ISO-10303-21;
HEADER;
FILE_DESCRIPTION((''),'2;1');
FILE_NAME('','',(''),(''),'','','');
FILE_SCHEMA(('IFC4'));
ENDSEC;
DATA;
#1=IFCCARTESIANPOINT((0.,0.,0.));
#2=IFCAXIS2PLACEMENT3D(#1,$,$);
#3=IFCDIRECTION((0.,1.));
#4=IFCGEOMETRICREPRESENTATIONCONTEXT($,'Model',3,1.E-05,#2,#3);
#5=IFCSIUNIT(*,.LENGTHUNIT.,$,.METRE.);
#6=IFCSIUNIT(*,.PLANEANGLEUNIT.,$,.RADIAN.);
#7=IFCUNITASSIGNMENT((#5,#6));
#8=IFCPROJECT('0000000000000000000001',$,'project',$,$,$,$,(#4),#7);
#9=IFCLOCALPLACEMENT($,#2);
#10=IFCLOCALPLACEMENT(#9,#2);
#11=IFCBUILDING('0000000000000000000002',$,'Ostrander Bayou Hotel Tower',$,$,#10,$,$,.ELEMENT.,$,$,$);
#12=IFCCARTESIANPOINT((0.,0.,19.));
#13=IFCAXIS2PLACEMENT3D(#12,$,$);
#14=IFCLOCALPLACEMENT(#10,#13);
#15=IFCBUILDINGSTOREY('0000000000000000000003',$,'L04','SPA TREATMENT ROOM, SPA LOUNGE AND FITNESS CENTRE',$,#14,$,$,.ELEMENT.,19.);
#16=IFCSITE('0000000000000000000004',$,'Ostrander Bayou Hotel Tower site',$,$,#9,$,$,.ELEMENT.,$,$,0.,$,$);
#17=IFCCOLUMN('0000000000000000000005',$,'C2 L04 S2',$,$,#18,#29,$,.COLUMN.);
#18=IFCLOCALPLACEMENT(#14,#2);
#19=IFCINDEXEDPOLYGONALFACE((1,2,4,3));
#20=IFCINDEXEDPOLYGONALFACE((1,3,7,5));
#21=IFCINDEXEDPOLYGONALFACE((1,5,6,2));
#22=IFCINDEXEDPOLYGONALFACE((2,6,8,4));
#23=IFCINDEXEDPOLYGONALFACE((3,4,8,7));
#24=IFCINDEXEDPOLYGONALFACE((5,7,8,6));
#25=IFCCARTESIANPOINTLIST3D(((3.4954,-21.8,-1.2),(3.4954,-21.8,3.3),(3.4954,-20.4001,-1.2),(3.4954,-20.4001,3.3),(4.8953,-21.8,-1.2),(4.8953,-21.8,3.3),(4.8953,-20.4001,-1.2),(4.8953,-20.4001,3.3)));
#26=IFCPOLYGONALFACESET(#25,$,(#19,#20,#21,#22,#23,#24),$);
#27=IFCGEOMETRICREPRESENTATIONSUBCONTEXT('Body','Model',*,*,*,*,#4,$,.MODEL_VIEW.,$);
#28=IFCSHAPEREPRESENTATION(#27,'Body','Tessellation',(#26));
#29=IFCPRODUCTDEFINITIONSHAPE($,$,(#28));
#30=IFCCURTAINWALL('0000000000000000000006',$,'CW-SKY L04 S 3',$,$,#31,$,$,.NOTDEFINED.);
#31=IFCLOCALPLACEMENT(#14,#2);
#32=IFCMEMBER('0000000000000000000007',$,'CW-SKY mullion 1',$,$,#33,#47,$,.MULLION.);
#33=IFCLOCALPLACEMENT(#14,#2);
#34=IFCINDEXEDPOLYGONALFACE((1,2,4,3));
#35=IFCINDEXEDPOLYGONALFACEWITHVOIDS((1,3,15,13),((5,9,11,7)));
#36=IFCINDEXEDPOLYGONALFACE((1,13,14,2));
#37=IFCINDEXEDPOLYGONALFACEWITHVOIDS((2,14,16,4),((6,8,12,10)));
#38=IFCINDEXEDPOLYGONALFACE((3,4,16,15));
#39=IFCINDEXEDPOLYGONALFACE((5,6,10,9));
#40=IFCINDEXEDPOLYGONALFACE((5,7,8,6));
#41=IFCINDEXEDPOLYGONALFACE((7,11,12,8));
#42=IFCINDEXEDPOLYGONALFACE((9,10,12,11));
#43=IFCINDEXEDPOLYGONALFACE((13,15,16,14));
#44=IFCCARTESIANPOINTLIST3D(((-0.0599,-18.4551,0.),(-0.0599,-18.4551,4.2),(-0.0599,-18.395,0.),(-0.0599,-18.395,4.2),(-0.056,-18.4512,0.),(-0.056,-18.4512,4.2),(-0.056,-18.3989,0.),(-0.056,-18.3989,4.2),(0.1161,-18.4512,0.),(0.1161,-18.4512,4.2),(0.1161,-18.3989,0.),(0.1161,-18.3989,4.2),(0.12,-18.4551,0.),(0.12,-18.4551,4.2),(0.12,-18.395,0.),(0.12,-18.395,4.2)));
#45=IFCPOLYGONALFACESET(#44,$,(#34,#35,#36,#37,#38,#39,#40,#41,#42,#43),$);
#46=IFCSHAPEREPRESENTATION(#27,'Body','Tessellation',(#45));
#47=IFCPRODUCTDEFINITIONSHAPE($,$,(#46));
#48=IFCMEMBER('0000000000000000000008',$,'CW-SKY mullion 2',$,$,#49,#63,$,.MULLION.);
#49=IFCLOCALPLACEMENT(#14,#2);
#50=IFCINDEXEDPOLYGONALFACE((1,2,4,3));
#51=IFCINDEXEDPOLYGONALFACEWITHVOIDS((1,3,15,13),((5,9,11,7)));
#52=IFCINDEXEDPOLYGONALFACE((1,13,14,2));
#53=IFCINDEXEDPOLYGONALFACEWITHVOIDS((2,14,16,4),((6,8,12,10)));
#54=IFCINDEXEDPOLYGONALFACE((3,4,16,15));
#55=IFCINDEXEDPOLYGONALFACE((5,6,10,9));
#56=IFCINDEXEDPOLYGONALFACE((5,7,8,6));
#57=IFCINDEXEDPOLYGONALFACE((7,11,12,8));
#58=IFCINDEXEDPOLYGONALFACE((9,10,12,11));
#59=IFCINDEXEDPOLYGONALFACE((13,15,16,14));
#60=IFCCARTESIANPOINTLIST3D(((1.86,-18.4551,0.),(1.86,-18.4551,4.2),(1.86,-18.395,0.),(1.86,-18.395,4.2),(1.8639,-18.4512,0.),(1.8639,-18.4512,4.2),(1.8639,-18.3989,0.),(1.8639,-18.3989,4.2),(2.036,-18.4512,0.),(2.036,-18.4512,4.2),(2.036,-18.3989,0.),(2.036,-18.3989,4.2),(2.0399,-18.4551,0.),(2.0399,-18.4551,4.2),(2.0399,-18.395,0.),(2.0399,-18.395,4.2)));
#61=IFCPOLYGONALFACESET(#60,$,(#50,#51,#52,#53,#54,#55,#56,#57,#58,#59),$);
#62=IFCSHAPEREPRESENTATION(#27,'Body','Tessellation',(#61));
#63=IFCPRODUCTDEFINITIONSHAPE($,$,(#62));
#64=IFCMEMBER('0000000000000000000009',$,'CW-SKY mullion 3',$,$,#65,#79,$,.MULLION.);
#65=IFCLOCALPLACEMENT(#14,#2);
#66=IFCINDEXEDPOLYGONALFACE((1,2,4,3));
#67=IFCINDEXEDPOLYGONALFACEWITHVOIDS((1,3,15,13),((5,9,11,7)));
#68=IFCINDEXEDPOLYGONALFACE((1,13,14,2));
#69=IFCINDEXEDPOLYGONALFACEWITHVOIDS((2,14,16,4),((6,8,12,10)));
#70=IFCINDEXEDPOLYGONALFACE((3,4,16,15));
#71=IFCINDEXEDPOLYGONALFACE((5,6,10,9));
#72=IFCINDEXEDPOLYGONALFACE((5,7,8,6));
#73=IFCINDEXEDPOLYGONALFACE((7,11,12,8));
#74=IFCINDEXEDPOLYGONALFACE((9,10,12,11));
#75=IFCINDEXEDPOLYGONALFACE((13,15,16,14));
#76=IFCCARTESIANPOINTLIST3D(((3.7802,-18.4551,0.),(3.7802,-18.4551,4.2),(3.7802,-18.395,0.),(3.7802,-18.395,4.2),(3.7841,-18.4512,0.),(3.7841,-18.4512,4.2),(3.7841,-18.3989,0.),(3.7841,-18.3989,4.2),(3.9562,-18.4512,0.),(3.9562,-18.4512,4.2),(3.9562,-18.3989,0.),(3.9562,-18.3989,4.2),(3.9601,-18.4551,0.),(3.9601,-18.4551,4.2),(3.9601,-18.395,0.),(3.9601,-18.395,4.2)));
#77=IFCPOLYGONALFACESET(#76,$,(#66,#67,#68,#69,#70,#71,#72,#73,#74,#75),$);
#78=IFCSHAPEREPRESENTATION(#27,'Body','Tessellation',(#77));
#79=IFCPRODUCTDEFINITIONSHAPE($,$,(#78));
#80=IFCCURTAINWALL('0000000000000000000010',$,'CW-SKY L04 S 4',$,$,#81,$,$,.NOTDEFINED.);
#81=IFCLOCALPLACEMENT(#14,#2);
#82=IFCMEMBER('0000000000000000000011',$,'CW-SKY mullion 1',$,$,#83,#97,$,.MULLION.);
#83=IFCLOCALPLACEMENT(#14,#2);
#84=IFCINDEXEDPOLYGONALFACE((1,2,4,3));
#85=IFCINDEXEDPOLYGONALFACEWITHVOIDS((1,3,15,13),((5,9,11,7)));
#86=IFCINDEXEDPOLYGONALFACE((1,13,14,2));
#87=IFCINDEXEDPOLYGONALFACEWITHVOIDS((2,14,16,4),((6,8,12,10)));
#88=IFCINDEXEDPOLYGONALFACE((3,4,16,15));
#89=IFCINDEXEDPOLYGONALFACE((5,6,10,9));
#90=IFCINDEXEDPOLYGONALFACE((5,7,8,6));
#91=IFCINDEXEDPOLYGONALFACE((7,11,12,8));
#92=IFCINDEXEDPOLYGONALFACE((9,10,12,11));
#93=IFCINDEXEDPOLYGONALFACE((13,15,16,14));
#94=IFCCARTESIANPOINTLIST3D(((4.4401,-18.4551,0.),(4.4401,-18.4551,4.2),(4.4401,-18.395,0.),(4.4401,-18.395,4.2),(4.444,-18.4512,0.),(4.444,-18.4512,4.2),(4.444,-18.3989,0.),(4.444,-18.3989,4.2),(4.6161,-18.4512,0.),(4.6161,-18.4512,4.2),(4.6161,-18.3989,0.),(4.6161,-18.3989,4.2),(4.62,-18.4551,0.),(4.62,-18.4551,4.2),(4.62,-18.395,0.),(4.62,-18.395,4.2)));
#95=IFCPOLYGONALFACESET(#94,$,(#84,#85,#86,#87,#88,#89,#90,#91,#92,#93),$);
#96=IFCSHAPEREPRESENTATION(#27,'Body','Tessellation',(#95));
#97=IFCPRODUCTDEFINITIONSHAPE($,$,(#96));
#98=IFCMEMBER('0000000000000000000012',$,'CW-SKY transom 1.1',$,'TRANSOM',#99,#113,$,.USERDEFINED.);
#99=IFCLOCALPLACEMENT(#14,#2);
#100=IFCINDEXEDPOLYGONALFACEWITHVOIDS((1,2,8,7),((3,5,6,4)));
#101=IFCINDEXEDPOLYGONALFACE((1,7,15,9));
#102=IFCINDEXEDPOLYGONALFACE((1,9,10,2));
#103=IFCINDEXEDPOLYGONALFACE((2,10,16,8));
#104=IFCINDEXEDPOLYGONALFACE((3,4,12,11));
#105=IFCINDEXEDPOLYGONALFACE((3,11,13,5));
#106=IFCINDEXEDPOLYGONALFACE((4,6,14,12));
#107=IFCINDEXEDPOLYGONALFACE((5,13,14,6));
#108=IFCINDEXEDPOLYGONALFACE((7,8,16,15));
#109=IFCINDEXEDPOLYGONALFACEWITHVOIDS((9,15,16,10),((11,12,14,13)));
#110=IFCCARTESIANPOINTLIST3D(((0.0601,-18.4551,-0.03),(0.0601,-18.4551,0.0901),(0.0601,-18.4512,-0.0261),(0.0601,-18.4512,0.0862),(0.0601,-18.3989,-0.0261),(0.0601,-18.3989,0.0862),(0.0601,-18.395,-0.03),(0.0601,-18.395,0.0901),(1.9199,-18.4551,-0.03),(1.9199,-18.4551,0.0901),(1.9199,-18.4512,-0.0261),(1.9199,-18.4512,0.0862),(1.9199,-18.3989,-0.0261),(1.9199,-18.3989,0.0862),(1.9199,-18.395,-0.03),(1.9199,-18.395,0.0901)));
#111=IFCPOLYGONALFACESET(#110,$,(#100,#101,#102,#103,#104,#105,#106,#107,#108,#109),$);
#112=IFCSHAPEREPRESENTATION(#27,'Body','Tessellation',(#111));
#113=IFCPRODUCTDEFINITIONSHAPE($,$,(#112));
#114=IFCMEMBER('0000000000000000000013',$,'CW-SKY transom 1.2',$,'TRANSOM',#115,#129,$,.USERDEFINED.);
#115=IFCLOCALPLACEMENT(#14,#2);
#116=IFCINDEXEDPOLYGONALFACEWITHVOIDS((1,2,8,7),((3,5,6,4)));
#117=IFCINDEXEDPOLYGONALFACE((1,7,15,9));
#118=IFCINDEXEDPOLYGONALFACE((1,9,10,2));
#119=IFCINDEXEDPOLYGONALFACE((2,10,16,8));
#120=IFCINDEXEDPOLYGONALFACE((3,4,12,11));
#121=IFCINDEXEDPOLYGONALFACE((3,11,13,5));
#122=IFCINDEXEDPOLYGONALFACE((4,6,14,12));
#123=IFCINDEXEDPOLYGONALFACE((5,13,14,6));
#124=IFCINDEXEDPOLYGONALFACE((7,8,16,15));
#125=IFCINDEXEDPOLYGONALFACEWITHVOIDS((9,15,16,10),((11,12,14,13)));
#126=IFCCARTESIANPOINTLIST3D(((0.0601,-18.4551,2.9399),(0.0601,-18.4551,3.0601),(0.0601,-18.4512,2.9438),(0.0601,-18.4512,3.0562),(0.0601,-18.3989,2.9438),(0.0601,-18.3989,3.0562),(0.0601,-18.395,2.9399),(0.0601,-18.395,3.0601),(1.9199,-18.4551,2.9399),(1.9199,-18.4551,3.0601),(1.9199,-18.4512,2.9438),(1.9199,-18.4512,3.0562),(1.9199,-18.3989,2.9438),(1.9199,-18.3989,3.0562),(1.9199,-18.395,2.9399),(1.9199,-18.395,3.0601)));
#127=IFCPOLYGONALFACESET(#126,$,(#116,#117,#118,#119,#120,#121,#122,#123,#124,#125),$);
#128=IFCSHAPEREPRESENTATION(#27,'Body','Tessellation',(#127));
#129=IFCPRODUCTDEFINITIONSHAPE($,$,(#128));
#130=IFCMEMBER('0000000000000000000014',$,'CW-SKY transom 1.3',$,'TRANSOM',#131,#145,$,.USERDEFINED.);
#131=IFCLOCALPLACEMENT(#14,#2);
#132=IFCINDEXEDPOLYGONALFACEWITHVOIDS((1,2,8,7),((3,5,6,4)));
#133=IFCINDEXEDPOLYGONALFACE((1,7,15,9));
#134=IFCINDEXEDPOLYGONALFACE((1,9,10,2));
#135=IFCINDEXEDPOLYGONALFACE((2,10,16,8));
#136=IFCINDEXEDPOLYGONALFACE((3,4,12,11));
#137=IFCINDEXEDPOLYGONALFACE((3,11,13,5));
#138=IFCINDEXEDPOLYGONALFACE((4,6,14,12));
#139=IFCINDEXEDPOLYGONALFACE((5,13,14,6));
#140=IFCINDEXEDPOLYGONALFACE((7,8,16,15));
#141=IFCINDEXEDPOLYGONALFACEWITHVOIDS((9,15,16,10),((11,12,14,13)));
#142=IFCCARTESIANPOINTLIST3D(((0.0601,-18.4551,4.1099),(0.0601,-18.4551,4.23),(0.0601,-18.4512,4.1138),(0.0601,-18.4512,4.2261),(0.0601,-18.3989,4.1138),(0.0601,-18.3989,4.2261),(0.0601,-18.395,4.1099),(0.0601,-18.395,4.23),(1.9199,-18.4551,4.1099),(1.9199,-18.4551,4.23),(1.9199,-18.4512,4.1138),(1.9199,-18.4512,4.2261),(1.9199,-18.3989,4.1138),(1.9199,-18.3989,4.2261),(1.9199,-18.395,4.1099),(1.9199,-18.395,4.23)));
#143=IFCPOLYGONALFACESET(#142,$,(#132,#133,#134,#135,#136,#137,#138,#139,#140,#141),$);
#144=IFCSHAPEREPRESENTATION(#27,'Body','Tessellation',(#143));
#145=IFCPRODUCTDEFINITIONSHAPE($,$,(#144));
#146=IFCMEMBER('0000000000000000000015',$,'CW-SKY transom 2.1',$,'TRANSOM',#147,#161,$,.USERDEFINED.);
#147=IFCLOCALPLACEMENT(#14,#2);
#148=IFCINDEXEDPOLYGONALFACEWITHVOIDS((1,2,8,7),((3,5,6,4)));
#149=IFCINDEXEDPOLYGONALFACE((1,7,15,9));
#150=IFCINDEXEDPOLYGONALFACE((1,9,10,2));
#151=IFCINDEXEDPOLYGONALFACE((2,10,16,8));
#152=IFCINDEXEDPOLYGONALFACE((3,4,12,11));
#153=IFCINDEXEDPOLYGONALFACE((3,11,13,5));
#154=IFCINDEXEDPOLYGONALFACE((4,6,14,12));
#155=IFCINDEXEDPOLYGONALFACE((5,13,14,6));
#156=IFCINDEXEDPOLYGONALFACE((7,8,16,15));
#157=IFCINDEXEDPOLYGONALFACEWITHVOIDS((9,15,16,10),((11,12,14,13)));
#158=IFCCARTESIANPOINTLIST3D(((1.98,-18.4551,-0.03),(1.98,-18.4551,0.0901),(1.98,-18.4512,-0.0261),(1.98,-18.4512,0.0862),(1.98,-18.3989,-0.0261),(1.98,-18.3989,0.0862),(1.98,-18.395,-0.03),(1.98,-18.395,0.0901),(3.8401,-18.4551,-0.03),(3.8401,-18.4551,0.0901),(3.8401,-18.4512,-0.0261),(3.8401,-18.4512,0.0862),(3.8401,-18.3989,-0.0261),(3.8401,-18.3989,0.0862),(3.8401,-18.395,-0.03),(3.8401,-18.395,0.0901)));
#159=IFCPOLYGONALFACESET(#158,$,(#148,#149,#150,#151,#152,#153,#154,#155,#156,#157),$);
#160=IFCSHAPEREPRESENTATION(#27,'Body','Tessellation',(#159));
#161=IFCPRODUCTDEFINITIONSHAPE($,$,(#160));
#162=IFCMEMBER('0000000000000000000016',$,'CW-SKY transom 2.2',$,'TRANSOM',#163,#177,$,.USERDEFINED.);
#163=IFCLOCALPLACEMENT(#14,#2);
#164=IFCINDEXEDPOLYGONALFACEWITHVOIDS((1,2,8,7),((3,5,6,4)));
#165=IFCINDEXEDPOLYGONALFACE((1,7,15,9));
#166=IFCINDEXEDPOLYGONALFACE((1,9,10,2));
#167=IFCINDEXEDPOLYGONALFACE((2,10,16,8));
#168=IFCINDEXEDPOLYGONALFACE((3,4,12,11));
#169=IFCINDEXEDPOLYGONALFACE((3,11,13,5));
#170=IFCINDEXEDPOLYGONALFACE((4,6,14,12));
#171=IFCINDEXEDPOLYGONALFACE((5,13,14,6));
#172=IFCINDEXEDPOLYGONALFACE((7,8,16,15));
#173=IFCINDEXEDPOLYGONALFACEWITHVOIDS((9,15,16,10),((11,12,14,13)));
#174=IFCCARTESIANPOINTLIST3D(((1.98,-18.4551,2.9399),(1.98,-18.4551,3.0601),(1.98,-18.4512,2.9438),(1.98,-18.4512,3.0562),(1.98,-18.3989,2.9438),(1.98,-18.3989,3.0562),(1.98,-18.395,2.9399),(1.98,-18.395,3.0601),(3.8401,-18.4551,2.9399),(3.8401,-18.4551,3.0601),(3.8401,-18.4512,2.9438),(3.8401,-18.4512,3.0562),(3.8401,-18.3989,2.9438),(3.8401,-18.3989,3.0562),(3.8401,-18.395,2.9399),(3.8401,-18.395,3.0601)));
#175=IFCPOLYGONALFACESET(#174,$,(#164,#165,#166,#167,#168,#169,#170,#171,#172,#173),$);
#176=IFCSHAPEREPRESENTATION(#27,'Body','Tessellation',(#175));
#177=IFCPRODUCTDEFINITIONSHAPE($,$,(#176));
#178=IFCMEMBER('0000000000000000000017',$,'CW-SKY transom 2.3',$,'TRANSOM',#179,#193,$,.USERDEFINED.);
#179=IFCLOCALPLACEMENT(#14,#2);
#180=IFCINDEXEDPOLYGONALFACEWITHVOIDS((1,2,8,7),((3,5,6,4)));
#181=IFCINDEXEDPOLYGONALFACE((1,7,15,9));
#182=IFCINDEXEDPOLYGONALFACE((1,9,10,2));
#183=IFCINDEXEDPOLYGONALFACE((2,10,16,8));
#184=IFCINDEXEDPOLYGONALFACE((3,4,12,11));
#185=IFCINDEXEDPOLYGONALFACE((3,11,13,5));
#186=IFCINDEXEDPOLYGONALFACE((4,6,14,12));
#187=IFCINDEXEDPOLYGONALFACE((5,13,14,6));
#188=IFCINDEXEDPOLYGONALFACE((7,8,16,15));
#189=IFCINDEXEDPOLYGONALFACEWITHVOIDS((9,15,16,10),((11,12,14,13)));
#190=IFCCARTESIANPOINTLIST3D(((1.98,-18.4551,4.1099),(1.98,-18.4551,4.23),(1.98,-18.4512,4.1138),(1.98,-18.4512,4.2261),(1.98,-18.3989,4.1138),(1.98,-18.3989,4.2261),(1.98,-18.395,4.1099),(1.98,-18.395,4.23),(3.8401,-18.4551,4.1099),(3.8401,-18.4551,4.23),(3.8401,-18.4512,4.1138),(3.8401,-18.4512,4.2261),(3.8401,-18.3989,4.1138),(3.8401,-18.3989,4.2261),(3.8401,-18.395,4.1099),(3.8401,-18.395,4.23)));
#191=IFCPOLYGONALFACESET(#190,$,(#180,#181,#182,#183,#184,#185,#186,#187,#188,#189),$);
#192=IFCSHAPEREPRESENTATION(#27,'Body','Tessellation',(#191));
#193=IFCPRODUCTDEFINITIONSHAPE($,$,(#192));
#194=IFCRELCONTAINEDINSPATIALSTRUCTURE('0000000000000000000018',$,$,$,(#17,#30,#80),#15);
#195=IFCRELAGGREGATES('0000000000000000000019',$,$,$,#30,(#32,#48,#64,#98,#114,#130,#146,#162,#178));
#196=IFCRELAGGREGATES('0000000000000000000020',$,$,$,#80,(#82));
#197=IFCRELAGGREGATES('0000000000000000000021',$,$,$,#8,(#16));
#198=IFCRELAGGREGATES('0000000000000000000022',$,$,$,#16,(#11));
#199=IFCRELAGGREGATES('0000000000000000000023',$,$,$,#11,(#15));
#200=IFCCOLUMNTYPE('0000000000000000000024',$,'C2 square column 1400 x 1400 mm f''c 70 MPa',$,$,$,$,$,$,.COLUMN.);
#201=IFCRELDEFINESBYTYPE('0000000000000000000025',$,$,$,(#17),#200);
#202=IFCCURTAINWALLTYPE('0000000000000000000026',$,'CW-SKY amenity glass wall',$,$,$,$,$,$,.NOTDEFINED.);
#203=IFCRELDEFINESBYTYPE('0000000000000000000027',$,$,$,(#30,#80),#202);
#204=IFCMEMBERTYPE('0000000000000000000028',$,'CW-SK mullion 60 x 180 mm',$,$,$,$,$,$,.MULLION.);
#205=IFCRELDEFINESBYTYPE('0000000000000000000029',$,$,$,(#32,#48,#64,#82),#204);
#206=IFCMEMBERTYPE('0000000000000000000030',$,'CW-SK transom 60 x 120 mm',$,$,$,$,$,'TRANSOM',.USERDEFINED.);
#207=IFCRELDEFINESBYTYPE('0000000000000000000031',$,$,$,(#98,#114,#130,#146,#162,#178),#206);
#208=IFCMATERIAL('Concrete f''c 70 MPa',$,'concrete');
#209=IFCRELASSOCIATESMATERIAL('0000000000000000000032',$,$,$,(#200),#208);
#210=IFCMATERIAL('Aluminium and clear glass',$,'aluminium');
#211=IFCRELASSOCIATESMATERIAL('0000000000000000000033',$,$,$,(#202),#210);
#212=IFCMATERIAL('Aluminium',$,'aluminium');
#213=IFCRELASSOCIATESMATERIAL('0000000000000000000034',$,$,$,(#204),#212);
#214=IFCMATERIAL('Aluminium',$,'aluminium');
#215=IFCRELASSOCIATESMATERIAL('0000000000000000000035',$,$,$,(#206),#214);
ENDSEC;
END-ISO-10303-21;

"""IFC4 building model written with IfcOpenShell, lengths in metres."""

from ifc_helpers import new_model, si_unit, direction, frame, origin, origin_2d, place, context, subcontext, project, spatial, rectangle, hollow_rectangle, extrude, material, material_profile, profile_set, type_object, element, aggregate, save


model = new_model("IFC4")

# Units and contexts
model_context = context("Model", 3, precision=1e-05, world=origin(), true_north=direction((0.0, 1.0)))
body_context = subcontext(model_context, "Body", "Model", "MODEL_VIEW")
ifc_project = project(units=[si_unit("LENGTHUNIT", "METRE"), si_unit("PLANEANGLEUNIT", "RADIAN")], contexts=[model_context])

# Site, building, storey
site_placement = place(None, origin())
site = spatial("IfcSite", under=ifc_project, at=site_placement, Name="Ostrander Bayou Hotel Tower site", CompositionType="ELEMENT", RefElevation=0.0)
building_placement = place(site_placement, origin())
building = spatial("IfcBuilding", under=site, at=building_placement, Name="Ostrander Bayou Hotel Tower", CompositionType="ELEMENT")
storey_placement = place(building_placement, frame((0.0, 0.0, 19.0)))
storey = spatial("IfcBuildingStorey", under=building, at=storey_placement, Name="L04", Description="SPA TREATMENT ROOM, SPA LOUNGE AND FITNESS CENTRE", CompositionType="ELEMENT", Elevation=19.0)

# Column
ifc_material_1 = material(Name="Concrete f'c 70 MPa", Category="concrete")
ifc_material_profile_1 = material_profile(ifc_material_1, rectangle(XDim=1.3999, YDim=1.3999, at=origin_2d()))
ifc_profile_set_1 = profile_set([ifc_material_profile_1], Name="Concrete f'c 70 MPa")
column_type = type_object("IfcColumnType", Name="C2 square column 1400 x 1400 mm f'c 70 MPa", PredefinedType="COLUMN", material=ifc_profile_set_1)
column_placement = place(storey_placement, frame((4.1953, -21.1001, -1.2), z_axis=(0.0, 0.0, 1.0), x_axis=(-1.0, 0.0, 0.0)))
element("IfcColumn", 1, at=column_placement, inside=storey, type_object=column_type, Name="C2 L04 S2", PredefinedType="COLUMN", context=body_context, shape_type="SweptSolid", body=[
    extrude(rectangle(XDim=1.3999, YDim=1.3999, at=origin_2d()), origin(), (0.0, 0.0, 1.0), 4.5),
])

# Curtain wall, members
ifc_material_2 = material(Name="Aluminium and clear glass", Category="aluminium")
curtain_wall_type = type_object("IfcCurtainWallType", Name="CW-SKY amenity glass wall", PredefinedType="NOTDEFINED", material=ifc_material_2)
curtain_wall_1_placement = place(storey_placement, origin())
curtain_wall_1 = element("IfcCurtainWall", 2, at=curtain_wall_1_placement, inside=storey, type_object=curtain_wall_type, Name="CW-SKY L04 S 3", PredefinedType="NOTDEFINED")
ifc_material_3 = material(Name="Aluminium", Category="aluminium")
ifc_material_profile_2 = material_profile(ifc_material_3, hollow_rectangle(XDim=0.0601, YDim=0.1799, WallThickness=0.0039, at=origin_2d()))
ifc_profile_set_2 = profile_set([ifc_material_profile_2], Name="Aluminium")
member_type_1 = type_object("IfcMemberType", Name="CW-SK mullion 60 x 180 mm", PredefinedType="MULLION", material=ifc_profile_set_2)
member_1_placement = place(storey_placement, frame((0.03, -18.425, 0.0), z_axis=(0.0, 0.0, 1.0), x_axis=(0.0, 1.0, 0.0)))
member_1 = element("IfcMember", 3, at=member_1_placement, type_object=member_type_1, Name="CW-SKY mullion 1", PredefinedType="MULLION", context=body_context, shape_type="SweptSolid", body=[
    extrude(hollow_rectangle(XDim=0.0601, YDim=0.1799, WallThickness=0.0039, at=origin_2d()), origin(), (0.0, 0.0, 1.0), 4.2),
])
member_2_placement = place(storey_placement, frame((1.95, -18.425, 0.0), z_axis=(0.0, 0.0, 1.0), x_axis=(0.0, 1.0, 0.0)))
member_2 = element("IfcMember", 4, at=member_2_placement, type_object=member_type_1, Name="CW-SKY mullion 2", PredefinedType="MULLION", context=body_context, shape_type="SweptSolid", body=[
    extrude(hollow_rectangle(XDim=0.0601, YDim=0.1799, WallThickness=0.0039, at=origin_2d()), origin(), (0.0, 0.0, 1.0), 4.2),
])
member_3_placement = place(storey_placement, frame((3.8701, -18.425, 0.0), z_axis=(0.0, 0.0, 1.0), x_axis=(0.0, 1.0, 0.0)))
member_3 = element("IfcMember", 5, at=member_3_placement, type_object=member_type_1, Name="CW-SKY mullion 3", PredefinedType="MULLION", context=body_context, shape_type="SweptSolid", body=[
    extrude(hollow_rectangle(XDim=0.0601, YDim=0.1799, WallThickness=0.0039, at=origin_2d()), origin(), (0.0, 0.0, 1.0), 4.2),
])

# Curtain wall, member
curtain_wall_2_placement = place(storey_placement, origin())
curtain_wall_2 = element("IfcCurtainWall", 6, at=curtain_wall_2_placement, inside=storey, type_object=curtain_wall_type, Name="CW-SKY L04 S 4", PredefinedType="NOTDEFINED")
member_4_placement = place(storey_placement, frame((4.53, -18.425, 0.0), z_axis=(0.0, 0.0, 1.0), x_axis=(0.0, 1.0, 0.0)))
member_4 = element("IfcMember", 7, at=member_4_placement, type_object=member_type_1, Name="CW-SKY mullion 1", PredefinedType="MULLION", context=body_context, shape_type="SweptSolid", body=[
    extrude(hollow_rectangle(XDim=0.0601, YDim=0.1799, WallThickness=0.0039, at=origin_2d()), origin(), (0.0, 0.0, 1.0), 4.2),
])

# Members
ifc_material_4 = material(Name="Aluminium", Category="aluminium")
ifc_material_profile_3 = material_profile(ifc_material_4, hollow_rectangle(XDim=0.0601, YDim=0.1201, WallThickness=0.0039, at=origin_2d()))
ifc_profile_set_3 = profile_set([ifc_material_profile_3], Name="Aluminium")
member_type_2 = type_object("IfcMemberType", Name="CW-SK transom 60 x 120 mm", ElementType="TRANSOM", PredefinedType="USERDEFINED", material=ifc_profile_set_3)
member_5_placement = place(storey_placement, frame((0.0601, -18.425, 0.03), z_axis=(1.0, 0.0, 0.0), x_axis=(0.0, 1.0, 0.0)))
member_5 = element("IfcMember", 8, at=member_5_placement, type_object=member_type_2, Name="CW-SKY transom 1.1", ObjectType="TRANSOM", PredefinedType="USERDEFINED", context=body_context, shape_type="SweptSolid", body=[
    extrude(hollow_rectangle(XDim=0.0601, YDim=0.1201, WallThickness=0.0039, at=origin_2d()), origin(), (0.0, 0.0, 1.0), 1.8599),
])
member_6_placement = place(storey_placement, frame((0.0601, -18.425, 3.0), z_axis=(1.0, 0.0, 0.0), x_axis=(0.0, 1.0, 0.0)))
member_6 = element("IfcMember", 9, at=member_6_placement, type_object=member_type_2, Name="CW-SKY transom 1.2", ObjectType="TRANSOM", PredefinedType="USERDEFINED", context=body_context, shape_type="SweptSolid", body=[
    extrude(hollow_rectangle(XDim=0.0601, YDim=0.1201, WallThickness=0.0039, at=origin_2d()), origin(), (0.0, 0.0, 1.0), 1.8599),
])
member_7_placement = place(storey_placement, frame((0.0601, -18.425, 4.1699), z_axis=(1.0, 0.0, 0.0), x_axis=(0.0, 1.0, 0.0)))
member_7 = element("IfcMember", 10, at=member_7_placement, type_object=member_type_2, Name="CW-SKY transom 1.3", ObjectType="TRANSOM", PredefinedType="USERDEFINED", context=body_context, shape_type="SweptSolid", body=[
    extrude(hollow_rectangle(XDim=0.0601, YDim=0.1201, WallThickness=0.0039, at=origin_2d()), origin(), (0.0, 0.0, 1.0), 1.8599),
])
member_8_placement = place(storey_placement, frame((1.98, -18.425, 0.03), z_axis=(1.0, 0.0, 0.0), x_axis=(0.0, 1.0, 0.0)))
member_8 = element("IfcMember", 11, at=member_8_placement, type_object=member_type_2, Name="CW-SKY transom 2.1", ObjectType="TRANSOM", PredefinedType="USERDEFINED", context=body_context, shape_type="SweptSolid", body=[
    extrude(hollow_rectangle(XDim=0.0601, YDim=0.1201, WallThickness=0.0039, at=origin_2d()), origin(), (0.0, 0.0, 1.0), 1.8601),
])
member_9_placement = place(storey_placement, frame((1.98, -18.425, 3.0), z_axis=(1.0, 0.0, 0.0), x_axis=(0.0, 1.0, 0.0)))
member_9 = element("IfcMember", 12, at=member_9_placement, type_object=member_type_2, Name="CW-SKY transom 2.2", ObjectType="TRANSOM", PredefinedType="USERDEFINED", context=body_context, shape_type="SweptSolid", body=[
    extrude(hollow_rectangle(XDim=0.0601, YDim=0.1201, WallThickness=0.0039, at=origin_2d()), origin(), (0.0, 0.0, 1.0), 1.8601),
])
member_10_placement = place(storey_placement, frame((1.98, -18.425, 4.1699), z_axis=(1.0, 0.0, 0.0), x_axis=(0.0, 1.0, 0.0)))
member_10 = element("IfcMember", 13, at=member_10_placement, type_object=member_type_2, Name="CW-SKY transom 2.3", ObjectType="TRANSOM", PredefinedType="USERDEFINED", context=body_context, shape_type="SweptSolid", body=[
    extrude(hollow_rectangle(XDim=0.0601, YDim=0.1201, WallThickness=0.0039, at=origin_2d()), origin(), (0.0, 0.0, 1.0), 1.8601),
])

aggregate(curtain_wall_1, [member_1, member_2, member_3, member_5, member_6, member_7, member_8, member_9, member_10])
aggregate(curtain_wall_2, [member_4])

save(model, "model.ifc")
